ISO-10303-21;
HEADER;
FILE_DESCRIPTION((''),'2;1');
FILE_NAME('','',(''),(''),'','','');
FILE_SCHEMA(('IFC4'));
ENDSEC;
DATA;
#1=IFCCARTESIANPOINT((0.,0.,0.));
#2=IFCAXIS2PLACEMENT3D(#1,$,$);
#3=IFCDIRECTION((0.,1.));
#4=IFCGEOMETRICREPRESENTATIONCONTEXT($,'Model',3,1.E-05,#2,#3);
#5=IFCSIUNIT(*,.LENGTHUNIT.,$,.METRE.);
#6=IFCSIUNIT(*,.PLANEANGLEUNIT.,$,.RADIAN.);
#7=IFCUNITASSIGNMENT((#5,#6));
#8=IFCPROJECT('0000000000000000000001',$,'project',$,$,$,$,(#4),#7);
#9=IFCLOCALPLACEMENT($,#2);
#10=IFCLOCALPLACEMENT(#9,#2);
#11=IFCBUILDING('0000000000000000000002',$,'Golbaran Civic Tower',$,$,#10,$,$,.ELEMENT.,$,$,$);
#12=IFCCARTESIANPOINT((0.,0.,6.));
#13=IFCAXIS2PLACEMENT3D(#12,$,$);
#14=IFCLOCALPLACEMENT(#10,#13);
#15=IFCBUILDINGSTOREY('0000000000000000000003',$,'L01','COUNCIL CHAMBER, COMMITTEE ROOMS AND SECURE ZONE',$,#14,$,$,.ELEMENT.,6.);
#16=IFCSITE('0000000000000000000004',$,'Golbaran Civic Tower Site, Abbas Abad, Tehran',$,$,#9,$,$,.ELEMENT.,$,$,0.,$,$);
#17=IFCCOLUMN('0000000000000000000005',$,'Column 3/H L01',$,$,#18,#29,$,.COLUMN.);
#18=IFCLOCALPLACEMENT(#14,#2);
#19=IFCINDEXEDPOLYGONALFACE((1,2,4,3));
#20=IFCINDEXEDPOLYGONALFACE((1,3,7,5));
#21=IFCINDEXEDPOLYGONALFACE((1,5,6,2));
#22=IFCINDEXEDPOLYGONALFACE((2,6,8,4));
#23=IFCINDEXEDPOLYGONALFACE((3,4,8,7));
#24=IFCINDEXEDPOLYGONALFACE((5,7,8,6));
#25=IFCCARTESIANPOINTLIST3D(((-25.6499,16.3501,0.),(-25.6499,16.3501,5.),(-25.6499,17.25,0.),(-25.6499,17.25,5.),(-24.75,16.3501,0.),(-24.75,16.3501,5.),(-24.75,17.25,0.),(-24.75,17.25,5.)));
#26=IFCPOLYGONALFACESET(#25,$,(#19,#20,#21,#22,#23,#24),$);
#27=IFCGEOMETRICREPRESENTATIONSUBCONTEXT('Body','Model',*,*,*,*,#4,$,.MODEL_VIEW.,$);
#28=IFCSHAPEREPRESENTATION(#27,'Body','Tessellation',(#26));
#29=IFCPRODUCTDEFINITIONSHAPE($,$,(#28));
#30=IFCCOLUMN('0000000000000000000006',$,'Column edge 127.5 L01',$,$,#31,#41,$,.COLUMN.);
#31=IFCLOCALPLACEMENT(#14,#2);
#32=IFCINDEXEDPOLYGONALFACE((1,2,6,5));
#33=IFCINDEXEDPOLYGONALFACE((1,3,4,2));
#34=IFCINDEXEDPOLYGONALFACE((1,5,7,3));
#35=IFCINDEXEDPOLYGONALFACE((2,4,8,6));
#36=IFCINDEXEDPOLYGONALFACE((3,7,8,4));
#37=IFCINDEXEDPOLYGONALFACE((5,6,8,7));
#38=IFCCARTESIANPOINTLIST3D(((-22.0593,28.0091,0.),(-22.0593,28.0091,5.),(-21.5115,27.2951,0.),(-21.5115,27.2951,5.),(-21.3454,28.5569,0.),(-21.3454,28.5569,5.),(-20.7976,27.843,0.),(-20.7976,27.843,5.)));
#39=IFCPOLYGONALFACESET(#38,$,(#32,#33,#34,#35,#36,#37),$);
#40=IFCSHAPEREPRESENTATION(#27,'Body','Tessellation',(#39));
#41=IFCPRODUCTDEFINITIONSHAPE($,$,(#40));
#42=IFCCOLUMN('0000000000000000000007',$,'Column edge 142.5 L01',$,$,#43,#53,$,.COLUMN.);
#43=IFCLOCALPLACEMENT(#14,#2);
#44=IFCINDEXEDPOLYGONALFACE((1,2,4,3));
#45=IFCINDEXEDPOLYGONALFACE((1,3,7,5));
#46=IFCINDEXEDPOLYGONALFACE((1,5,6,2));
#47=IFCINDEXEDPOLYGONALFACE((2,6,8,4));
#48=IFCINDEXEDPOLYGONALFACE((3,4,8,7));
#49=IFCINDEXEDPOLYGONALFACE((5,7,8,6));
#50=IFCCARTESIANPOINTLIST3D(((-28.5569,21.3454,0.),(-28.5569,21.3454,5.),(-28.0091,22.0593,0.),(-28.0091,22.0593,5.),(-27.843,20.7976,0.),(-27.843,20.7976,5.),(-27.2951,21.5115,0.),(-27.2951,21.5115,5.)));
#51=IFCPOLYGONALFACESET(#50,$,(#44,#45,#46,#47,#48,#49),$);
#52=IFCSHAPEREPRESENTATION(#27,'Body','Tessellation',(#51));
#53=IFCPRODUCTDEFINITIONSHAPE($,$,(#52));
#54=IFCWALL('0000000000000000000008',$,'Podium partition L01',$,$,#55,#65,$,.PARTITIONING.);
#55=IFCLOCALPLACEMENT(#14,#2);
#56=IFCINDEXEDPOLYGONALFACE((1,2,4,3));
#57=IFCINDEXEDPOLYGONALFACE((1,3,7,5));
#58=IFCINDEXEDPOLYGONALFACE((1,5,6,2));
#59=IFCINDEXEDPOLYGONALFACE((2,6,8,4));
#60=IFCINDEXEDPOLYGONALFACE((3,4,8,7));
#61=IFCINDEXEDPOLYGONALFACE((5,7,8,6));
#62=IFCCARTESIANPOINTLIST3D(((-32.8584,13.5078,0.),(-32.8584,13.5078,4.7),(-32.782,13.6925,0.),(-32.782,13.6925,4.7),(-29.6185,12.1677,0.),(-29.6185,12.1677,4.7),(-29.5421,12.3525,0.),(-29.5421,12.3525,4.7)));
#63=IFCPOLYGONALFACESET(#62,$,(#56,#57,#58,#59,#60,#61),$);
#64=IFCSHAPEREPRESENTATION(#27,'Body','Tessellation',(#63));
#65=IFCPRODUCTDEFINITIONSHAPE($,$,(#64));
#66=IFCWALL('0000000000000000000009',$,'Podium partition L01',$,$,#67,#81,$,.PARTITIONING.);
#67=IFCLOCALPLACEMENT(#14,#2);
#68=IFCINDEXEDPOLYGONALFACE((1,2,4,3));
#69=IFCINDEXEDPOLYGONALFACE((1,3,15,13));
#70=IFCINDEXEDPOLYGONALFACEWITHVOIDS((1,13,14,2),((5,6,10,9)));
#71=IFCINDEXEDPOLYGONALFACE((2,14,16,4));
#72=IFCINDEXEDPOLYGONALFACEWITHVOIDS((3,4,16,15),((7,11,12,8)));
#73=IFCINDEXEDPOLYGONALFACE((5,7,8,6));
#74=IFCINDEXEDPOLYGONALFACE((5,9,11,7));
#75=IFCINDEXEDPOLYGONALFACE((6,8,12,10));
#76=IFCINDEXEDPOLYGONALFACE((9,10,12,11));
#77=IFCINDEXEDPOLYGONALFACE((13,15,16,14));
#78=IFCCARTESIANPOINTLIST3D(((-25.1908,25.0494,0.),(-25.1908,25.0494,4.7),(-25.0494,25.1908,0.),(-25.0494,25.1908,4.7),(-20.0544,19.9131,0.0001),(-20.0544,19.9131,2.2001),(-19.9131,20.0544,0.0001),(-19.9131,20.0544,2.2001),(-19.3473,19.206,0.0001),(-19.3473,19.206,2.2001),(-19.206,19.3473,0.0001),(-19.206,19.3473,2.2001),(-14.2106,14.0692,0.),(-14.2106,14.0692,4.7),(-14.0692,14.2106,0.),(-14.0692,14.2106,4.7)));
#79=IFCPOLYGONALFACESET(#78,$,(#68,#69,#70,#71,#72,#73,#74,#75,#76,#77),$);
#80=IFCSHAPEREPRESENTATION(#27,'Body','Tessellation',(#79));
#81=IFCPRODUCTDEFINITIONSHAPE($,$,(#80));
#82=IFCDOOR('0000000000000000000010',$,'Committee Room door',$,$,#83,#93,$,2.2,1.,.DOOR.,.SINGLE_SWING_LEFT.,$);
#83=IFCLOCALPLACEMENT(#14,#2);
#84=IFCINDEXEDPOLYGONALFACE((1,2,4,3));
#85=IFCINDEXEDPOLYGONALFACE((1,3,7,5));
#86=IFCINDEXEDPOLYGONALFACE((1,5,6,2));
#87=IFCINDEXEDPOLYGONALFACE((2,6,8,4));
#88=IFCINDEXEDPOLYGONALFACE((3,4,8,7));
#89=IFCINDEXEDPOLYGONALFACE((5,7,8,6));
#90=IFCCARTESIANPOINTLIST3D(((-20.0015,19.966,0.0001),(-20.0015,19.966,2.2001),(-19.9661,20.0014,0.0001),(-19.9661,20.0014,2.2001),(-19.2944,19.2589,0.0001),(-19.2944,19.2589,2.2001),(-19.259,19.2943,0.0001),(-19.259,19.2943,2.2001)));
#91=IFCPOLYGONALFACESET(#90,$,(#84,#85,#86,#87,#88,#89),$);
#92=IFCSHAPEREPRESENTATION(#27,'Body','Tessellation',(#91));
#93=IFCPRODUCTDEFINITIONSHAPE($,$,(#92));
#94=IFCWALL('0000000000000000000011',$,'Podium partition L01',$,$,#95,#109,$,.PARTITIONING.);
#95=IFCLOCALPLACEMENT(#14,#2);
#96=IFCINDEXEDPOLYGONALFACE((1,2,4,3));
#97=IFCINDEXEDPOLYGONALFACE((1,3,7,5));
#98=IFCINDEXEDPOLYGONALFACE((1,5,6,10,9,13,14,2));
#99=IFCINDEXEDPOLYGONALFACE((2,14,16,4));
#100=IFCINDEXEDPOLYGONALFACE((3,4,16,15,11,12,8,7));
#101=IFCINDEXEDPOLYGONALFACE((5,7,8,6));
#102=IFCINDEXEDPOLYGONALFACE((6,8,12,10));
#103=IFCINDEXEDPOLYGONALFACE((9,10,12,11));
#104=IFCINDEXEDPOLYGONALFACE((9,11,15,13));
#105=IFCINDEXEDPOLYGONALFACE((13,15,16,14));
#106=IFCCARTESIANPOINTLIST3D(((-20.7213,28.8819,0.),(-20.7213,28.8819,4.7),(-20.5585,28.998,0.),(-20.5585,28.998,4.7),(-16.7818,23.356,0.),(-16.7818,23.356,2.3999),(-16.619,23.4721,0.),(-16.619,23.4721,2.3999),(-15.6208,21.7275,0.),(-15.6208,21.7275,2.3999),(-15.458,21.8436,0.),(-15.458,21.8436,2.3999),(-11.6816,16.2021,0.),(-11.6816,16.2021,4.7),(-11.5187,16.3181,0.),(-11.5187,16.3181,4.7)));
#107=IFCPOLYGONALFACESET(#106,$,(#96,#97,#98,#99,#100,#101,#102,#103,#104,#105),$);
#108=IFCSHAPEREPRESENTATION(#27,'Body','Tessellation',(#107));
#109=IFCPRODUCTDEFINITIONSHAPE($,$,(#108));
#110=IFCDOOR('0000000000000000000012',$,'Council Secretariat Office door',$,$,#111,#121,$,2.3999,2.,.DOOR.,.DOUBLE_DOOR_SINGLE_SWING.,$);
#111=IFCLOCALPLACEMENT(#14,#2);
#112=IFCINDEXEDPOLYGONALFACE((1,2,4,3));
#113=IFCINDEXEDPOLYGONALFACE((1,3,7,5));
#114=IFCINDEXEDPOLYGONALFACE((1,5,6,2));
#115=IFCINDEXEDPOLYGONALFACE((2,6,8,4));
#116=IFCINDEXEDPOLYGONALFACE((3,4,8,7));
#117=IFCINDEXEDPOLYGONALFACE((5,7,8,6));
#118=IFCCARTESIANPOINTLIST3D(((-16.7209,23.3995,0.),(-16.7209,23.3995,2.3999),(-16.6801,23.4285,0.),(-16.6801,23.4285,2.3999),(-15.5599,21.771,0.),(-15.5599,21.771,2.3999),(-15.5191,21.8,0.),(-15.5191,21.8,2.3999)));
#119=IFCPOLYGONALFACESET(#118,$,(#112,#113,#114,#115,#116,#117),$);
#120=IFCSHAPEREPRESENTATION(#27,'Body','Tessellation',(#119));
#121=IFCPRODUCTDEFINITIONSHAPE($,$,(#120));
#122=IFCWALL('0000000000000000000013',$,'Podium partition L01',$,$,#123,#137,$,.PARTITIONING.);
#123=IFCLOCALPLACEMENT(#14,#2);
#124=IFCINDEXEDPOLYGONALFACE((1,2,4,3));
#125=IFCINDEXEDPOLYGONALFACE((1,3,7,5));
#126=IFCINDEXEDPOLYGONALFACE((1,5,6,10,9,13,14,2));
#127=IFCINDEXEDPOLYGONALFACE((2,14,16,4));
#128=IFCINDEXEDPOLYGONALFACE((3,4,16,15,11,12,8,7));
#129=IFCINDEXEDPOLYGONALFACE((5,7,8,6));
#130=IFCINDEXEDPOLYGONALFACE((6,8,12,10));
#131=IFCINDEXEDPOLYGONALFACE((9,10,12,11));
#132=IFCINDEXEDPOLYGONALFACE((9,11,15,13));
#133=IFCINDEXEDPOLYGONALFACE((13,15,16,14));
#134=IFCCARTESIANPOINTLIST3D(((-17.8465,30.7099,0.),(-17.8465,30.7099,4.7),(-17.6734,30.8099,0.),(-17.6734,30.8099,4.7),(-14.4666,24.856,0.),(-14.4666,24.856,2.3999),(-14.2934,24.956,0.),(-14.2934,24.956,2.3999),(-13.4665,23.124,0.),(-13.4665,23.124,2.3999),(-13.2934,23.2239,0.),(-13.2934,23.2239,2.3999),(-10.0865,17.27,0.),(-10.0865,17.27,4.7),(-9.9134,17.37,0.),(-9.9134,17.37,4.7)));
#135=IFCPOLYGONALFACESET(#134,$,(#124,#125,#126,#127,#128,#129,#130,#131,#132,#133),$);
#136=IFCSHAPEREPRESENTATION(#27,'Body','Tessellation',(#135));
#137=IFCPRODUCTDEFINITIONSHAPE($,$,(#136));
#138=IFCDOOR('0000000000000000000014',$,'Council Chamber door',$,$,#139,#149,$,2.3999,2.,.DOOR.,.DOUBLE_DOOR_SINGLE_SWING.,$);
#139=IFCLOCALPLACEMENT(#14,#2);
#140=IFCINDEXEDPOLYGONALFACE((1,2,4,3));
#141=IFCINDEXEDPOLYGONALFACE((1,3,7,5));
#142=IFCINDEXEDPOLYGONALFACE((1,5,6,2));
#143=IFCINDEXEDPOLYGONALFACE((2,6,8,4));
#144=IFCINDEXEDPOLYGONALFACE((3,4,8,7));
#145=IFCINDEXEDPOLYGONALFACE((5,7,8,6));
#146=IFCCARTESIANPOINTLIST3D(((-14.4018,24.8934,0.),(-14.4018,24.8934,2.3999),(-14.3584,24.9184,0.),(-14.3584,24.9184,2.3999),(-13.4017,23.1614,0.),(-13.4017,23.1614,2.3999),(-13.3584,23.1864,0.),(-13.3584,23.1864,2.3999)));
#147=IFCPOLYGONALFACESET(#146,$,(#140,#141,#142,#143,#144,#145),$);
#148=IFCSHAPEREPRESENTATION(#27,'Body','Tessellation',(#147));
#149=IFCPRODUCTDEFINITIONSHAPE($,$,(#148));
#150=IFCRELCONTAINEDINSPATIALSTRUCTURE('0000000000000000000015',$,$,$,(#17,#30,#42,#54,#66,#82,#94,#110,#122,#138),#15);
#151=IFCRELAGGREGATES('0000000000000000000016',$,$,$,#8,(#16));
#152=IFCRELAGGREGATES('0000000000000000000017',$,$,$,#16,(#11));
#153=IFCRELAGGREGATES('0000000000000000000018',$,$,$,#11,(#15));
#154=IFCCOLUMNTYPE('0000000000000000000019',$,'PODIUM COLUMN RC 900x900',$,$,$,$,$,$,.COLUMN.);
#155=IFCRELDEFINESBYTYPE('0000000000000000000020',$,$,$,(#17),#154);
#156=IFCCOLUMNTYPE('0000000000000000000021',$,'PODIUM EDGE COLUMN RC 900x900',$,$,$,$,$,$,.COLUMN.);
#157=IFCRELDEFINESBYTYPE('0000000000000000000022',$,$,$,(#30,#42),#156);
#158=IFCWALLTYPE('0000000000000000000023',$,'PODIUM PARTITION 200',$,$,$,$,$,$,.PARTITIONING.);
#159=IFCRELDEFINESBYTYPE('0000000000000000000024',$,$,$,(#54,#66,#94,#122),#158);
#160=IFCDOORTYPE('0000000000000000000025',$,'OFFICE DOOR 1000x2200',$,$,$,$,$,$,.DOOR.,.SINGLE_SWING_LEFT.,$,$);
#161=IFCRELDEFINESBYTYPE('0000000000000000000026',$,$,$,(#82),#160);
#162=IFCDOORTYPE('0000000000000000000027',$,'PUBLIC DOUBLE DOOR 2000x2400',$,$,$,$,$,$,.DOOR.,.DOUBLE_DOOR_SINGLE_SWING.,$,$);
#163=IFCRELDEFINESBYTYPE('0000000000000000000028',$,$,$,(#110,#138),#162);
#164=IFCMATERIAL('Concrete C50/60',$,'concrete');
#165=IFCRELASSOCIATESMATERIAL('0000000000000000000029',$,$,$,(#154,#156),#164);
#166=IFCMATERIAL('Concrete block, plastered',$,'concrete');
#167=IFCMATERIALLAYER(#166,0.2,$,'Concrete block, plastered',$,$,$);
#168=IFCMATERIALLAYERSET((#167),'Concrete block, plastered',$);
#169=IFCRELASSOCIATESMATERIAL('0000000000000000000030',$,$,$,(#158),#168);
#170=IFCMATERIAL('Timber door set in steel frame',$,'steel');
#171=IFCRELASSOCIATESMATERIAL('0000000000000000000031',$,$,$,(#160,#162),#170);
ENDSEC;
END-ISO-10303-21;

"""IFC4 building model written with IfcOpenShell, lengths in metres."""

from ifc_helpers import new_model, si_unit, direction, frame, frame_2d, origin, origin_2d, place, context, subcontext, project, spatial, rectangle, extrude, material, layer, layer_set, material_profile, profile_set, type_object, element, fill, save


model = new_model("IFC4")

# Units and contexts
model_context = context("Model", 3, precision=1e-05, world=origin(), true_north=direction((0.0, 1.0)))
body_context = subcontext(model_context, "Body", "Model", "MODEL_VIEW")
ifc_project = project(units=[si_unit("LENGTHUNIT", "METRE"), si_unit("PLANEANGLEUNIT", "RADIAN")], contexts=[model_context])

# Site, building, storey
site_placement = place(None, origin())
site = spatial("IfcSite", under=ifc_project, at=site_placement, Name="Golbaran Civic Tower Site, Abbas Abad, Tehran", CompositionType="ELEMENT", RefElevation=0.0)
building_placement = place(site_placement, origin())
building = spatial("IfcBuilding", under=site, at=building_placement, Name="Golbaran Civic Tower", CompositionType="ELEMENT")
storey_placement = place(building_placement, frame((0.0, 0.0, 6.0)))
storey = spatial("IfcBuildingStorey", under=building, at=storey_placement, Name="L01", Description="COUNCIL CHAMBER, COMMITTEE ROOMS AND SECURE ZONE", CompositionType="ELEMENT", Elevation=6.0)

# Columns
ifc_material_1 = material(Name="Concrete C50/60", Category="concrete")
ifc_material_profile_1 = material_profile(ifc_material_1, rectangle(XDim=0.8999, YDim=0.8999, at=origin_2d()), Name="RC 900x900")
ifc_profile_set_1 = profile_set([ifc_material_profile_1], Name="Concrete C50/60")
column_type_1 = type_object("IfcColumnType", Name="PODIUM COLUMN RC 900x900", PredefinedType="COLUMN", material=ifc_profile_set_1)
column_placement = place(storey_placement, frame((-25.2, 16.8, 0.0), z_axis=(0.0, 0.0, 1.0), x_axis=(1.0, 0.0, 0.0)))
element("IfcColumn", 1, at=column_placement, inside=storey, type_object=column_type_1, Name="Column 3/H L01", PredefinedType="COLUMN", context=body_context, shape_type="SweptSolid", body=[
    extrude(rectangle(XDim=0.8999, YDim=0.8999, at=origin_2d()), origin(), (0.0, 0.0, 1.0), 5.0),
])
ifc_material_profile_2 = material_profile(ifc_material_1, rectangle(XDim=0.8999, YDim=0.8999, at=origin_2d()), Name="RC 900x900")
ifc_profile_set_2 = profile_set([ifc_material_profile_2], Name="Concrete C50/60")
column_type_2 = type_object("IfcColumnType", Name="PODIUM EDGE COLUMN RC 900x900", PredefinedType="COLUMN", material=ifc_profile_set_2)
for number, where, z_axis, x_axis, name in (
    (2, (-21.4285, 27.926, 0.0), (0.0, 0.0, 1.0), (-0.608761, 0.793353, 0.0), "Column edge 127.5 L01"),
    (3, (-27.926, 21.4285, 0.0), (0.0, 0.0, 1.0), (-0.793353, 0.608761, 0.0), "Column edge 142.5 L01"),
):
    element("IfcColumn", number, at=place(storey_placement, frame(where, z_axis=z_axis, x_axis=x_axis)), inside=storey, type_object=column_type_2, Name=name, PredefinedType="COLUMN", context=body_context, shape_type="SweptSolid", body=[
        extrude(rectangle(XDim=0.8999, YDim=0.8999, at=origin_2d()), origin(), (0.0, 0.0, 1.0), 5.0),
    ])

# Wall
ifc_material_2 = material(Name="Concrete block, plastered", Category="concrete")
ifc_layer_1 = layer(ifc_material_2, 0.2, Name="Concrete block, plastered")
ifc_layer_set_1 = layer_set([ifc_layer_1], Name="Concrete block, plastered")
wall_type_1 = type_object("IfcWallType", Name="PODIUM PARTITION 200", PredefinedType="PARTITIONING", material=ifc_layer_set_1)
wall_1_placement = place(storey_placement, frame((-32.8201, 13.6001, 0.0), z_axis=(0.0, 0.0, 1.0), x_axis=(0.924077, -0.382206, 0.0)))
element("IfcWall", 4, at=wall_1_placement, inside=storey, type_object=wall_type_1, Name="Podium partition L01", PredefinedType="PARTITIONING", context=body_context, shape_type="SweptSolid", body=[
    extrude(rectangle(XDim=3.5061, YDim=0.2, at=frame_2d((1.7529, 0.0))), origin(), (0.0, 0.0, 1.0), 4.7),
])

# Walls, openings, doors
wall_2_placement = place(storey_placement, frame((-25.1201, 25.1201, 0.0), z_axis=(0.0, 0.0, 1.0), x_axis=(0.707107, -0.707107, 0.0)))
wall_2 = element("IfcWall", 5, at=wall_2_placement, inside=storey, type_object=wall_type_1, Name="Podium partition L01", PredefinedType="PARTITIONING", context=body_context, shape_type="SweptSolid", body=[
    extrude(rectangle(XDim=15.5283, YDim=0.2, at=frame_2d((7.7642, 0.0))), origin(), (0.0, 0.0, 1.0), 4.7),
])
opening_1_placement = place(wall_2_placement, frame((7.2639, 0.0, 0.0)))
opening_1 = element("IfcOpeningElement", 6, at=opening_1_placement, cuts=wall_2, PredefinedType="OPENING", context=body_context, shape_type="SweptSolid", body=[
    extrude(rectangle(XDim=1.0, YDim=2.2, at=frame_2d((0.5, 1.1001))), frame((0.0, 0.1099, 0.0), z_axis=(0.0, -1.0, 0.0), x_axis=(1.0, 0.0, 0.0)), (0.0, 0.0, 1.0), 0.22),
])
ifc_material_3 = material(Name="Timber door set in steel frame", Category="steel")
door_type_1 = type_object("IfcDoorType", Name="OFFICE DOOR 1000x2200", OperationType="SINGLE_SWING_LEFT", PredefinedType="DOOR", material=ifc_material_3)
door_1_placement = place(opening_1_placement, origin())
door_1 = element("IfcDoor", 7, at=door_1_placement, inside=storey, type_object=door_type_1, Name="Committee Room door", OperationType="SINGLE_SWING_LEFT", OverallHeight=2.2, OverallWidth=1.0, PredefinedType="DOOR", context=body_context, shape_type="SweptSolid", body=[
    extrude(rectangle(XDim=1.0, YDim=2.2, at=frame_2d((0.5, 1.1001))), frame((0.0, 0.0249, 0.0), z_axis=(0.0, -1.0, 0.0), x_axis=(1.0, 0.0, 0.0)), (0.0, 0.0, 1.0), 0.05),
])
fill(opening_1, door_1)
wall_3_placement = place(storey_placement, frame((-20.6399, 28.9399, 0.0), z_axis=(0.0, 0.0, 1.0), x_axis=(0.580502, -0.814259, 0.0)))
wall_3 = element("IfcWall", 8, at=wall_3_placement, inside=storey, type_object=wall_type_1, Name="Podium partition L01", PredefinedType="PARTITIONING", context=body_context, shape_type="SweptSolid", body=[
    extrude(rectangle(XDim=15.5723, YDim=0.2, at=frame_2d((7.7861, 0.0))), origin(), (0.0, 0.0, 1.0), 4.7),
])
opening_2_placement = place(wall_3_placement, frame((6.7864, 0.0, 0.0)))
opening_2 = element("IfcOpeningElement", 9, at=opening_2_placement, cuts=wall_3, PredefinedType="OPENING", context=body_context, shape_type="SweptSolid", body=[
    extrude(rectangle(XDim=2.0, YDim=2.3999, at=frame_2d((1.0, 1.2))), frame((0.0, 0.1099, 0.0), z_axis=(0.0, -1.0, 0.0), x_axis=(1.0, 0.0, 0.0)), (0.0, 0.0, 1.0), 0.22),
])
door_type_2 = type_object("IfcDoorType", Name="PUBLIC DOUBLE DOOR 2000x2400", OperationType="DOUBLE_DOOR_SINGLE_SWING", PredefinedType="DOOR", material=ifc_material_3)
door_2_placement = place(opening_2_placement, origin())
door_2 = element("IfcDoor", 10, at=door_2_placement, inside=storey, type_object=door_type_2, Name="Council Secretariat Office door", OperationType="DOUBLE_DOOR_SINGLE_SWING", OverallHeight=2.3999, OverallWidth=2.0, PredefinedType="DOOR", context=body_context, shape_type="SweptSolid", body=[
    extrude(rectangle(XDim=2.0, YDim=2.3999, at=frame_2d((1.0, 1.2))), frame((0.0, 0.0249, 0.0), z_axis=(0.0, -1.0, 0.0), x_axis=(1.0, 0.0, 0.0)), (0.0, 0.0, 1.0), 0.05),
])
fill(opening_2, door_2)
wall_4_placement = place(storey_placement, frame((-17.76, 30.76, 0.0), z_axis=(0.0, 0.0, 1.0), x_axis=(0.500022, -0.866013, 0.0)))
wall_4 = element("IfcWall", 11, at=wall_4_placement, inside=storey, type_object=wall_type_1, Name="Podium partition L01", PredefinedType="PARTITIONING", context=body_context, shape_type="SweptSolid", body=[
    extrude(rectangle(XDim=15.5193, YDim=0.2, at=frame_2d((7.7598, 0.0))), origin(), (0.0, 0.0, 1.0), 4.7),
])
opening_3_placement = place(wall_4_placement, frame((6.7598, 0.0, 0.0)))
opening_3 = element("IfcOpeningElement", 12, at=opening_3_placement, cuts=wall_4, PredefinedType="OPENING", context=body_context, shape_type="SweptSolid", body=[
    extrude(rectangle(XDim=2.0, YDim=2.3999, at=frame_2d((1.0, 1.2))), frame((0.0, 0.1099, 0.0), z_axis=(0.0, -1.0, 0.0), x_axis=(1.0, 0.0, 0.0)), (0.0, 0.0, 1.0), 0.22),
])
door_3_placement = place(opening_3_placement, origin())
door_3 = element("IfcDoor", 13, at=door_3_placement, inside=storey, type_object=door_type_2, Name="Council Chamber door", OperationType="DOUBLE_DOOR_SINGLE_SWING", OverallHeight=2.3999, OverallWidth=2.0, PredefinedType="DOOR", context=body_context, shape_type="SweptSolid", body=[
    extrude(rectangle(XDim=2.0, YDim=2.3999, at=frame_2d((1.0, 1.2))), frame((0.0, 0.0249, 0.0), z_axis=(0.0, -1.0, 0.0), x_axis=(1.0, 0.0, 0.0)), (0.0, 0.0, 1.0), 0.05),
])
fill(opening_3, door_3)

save(model, "model.ifc")
